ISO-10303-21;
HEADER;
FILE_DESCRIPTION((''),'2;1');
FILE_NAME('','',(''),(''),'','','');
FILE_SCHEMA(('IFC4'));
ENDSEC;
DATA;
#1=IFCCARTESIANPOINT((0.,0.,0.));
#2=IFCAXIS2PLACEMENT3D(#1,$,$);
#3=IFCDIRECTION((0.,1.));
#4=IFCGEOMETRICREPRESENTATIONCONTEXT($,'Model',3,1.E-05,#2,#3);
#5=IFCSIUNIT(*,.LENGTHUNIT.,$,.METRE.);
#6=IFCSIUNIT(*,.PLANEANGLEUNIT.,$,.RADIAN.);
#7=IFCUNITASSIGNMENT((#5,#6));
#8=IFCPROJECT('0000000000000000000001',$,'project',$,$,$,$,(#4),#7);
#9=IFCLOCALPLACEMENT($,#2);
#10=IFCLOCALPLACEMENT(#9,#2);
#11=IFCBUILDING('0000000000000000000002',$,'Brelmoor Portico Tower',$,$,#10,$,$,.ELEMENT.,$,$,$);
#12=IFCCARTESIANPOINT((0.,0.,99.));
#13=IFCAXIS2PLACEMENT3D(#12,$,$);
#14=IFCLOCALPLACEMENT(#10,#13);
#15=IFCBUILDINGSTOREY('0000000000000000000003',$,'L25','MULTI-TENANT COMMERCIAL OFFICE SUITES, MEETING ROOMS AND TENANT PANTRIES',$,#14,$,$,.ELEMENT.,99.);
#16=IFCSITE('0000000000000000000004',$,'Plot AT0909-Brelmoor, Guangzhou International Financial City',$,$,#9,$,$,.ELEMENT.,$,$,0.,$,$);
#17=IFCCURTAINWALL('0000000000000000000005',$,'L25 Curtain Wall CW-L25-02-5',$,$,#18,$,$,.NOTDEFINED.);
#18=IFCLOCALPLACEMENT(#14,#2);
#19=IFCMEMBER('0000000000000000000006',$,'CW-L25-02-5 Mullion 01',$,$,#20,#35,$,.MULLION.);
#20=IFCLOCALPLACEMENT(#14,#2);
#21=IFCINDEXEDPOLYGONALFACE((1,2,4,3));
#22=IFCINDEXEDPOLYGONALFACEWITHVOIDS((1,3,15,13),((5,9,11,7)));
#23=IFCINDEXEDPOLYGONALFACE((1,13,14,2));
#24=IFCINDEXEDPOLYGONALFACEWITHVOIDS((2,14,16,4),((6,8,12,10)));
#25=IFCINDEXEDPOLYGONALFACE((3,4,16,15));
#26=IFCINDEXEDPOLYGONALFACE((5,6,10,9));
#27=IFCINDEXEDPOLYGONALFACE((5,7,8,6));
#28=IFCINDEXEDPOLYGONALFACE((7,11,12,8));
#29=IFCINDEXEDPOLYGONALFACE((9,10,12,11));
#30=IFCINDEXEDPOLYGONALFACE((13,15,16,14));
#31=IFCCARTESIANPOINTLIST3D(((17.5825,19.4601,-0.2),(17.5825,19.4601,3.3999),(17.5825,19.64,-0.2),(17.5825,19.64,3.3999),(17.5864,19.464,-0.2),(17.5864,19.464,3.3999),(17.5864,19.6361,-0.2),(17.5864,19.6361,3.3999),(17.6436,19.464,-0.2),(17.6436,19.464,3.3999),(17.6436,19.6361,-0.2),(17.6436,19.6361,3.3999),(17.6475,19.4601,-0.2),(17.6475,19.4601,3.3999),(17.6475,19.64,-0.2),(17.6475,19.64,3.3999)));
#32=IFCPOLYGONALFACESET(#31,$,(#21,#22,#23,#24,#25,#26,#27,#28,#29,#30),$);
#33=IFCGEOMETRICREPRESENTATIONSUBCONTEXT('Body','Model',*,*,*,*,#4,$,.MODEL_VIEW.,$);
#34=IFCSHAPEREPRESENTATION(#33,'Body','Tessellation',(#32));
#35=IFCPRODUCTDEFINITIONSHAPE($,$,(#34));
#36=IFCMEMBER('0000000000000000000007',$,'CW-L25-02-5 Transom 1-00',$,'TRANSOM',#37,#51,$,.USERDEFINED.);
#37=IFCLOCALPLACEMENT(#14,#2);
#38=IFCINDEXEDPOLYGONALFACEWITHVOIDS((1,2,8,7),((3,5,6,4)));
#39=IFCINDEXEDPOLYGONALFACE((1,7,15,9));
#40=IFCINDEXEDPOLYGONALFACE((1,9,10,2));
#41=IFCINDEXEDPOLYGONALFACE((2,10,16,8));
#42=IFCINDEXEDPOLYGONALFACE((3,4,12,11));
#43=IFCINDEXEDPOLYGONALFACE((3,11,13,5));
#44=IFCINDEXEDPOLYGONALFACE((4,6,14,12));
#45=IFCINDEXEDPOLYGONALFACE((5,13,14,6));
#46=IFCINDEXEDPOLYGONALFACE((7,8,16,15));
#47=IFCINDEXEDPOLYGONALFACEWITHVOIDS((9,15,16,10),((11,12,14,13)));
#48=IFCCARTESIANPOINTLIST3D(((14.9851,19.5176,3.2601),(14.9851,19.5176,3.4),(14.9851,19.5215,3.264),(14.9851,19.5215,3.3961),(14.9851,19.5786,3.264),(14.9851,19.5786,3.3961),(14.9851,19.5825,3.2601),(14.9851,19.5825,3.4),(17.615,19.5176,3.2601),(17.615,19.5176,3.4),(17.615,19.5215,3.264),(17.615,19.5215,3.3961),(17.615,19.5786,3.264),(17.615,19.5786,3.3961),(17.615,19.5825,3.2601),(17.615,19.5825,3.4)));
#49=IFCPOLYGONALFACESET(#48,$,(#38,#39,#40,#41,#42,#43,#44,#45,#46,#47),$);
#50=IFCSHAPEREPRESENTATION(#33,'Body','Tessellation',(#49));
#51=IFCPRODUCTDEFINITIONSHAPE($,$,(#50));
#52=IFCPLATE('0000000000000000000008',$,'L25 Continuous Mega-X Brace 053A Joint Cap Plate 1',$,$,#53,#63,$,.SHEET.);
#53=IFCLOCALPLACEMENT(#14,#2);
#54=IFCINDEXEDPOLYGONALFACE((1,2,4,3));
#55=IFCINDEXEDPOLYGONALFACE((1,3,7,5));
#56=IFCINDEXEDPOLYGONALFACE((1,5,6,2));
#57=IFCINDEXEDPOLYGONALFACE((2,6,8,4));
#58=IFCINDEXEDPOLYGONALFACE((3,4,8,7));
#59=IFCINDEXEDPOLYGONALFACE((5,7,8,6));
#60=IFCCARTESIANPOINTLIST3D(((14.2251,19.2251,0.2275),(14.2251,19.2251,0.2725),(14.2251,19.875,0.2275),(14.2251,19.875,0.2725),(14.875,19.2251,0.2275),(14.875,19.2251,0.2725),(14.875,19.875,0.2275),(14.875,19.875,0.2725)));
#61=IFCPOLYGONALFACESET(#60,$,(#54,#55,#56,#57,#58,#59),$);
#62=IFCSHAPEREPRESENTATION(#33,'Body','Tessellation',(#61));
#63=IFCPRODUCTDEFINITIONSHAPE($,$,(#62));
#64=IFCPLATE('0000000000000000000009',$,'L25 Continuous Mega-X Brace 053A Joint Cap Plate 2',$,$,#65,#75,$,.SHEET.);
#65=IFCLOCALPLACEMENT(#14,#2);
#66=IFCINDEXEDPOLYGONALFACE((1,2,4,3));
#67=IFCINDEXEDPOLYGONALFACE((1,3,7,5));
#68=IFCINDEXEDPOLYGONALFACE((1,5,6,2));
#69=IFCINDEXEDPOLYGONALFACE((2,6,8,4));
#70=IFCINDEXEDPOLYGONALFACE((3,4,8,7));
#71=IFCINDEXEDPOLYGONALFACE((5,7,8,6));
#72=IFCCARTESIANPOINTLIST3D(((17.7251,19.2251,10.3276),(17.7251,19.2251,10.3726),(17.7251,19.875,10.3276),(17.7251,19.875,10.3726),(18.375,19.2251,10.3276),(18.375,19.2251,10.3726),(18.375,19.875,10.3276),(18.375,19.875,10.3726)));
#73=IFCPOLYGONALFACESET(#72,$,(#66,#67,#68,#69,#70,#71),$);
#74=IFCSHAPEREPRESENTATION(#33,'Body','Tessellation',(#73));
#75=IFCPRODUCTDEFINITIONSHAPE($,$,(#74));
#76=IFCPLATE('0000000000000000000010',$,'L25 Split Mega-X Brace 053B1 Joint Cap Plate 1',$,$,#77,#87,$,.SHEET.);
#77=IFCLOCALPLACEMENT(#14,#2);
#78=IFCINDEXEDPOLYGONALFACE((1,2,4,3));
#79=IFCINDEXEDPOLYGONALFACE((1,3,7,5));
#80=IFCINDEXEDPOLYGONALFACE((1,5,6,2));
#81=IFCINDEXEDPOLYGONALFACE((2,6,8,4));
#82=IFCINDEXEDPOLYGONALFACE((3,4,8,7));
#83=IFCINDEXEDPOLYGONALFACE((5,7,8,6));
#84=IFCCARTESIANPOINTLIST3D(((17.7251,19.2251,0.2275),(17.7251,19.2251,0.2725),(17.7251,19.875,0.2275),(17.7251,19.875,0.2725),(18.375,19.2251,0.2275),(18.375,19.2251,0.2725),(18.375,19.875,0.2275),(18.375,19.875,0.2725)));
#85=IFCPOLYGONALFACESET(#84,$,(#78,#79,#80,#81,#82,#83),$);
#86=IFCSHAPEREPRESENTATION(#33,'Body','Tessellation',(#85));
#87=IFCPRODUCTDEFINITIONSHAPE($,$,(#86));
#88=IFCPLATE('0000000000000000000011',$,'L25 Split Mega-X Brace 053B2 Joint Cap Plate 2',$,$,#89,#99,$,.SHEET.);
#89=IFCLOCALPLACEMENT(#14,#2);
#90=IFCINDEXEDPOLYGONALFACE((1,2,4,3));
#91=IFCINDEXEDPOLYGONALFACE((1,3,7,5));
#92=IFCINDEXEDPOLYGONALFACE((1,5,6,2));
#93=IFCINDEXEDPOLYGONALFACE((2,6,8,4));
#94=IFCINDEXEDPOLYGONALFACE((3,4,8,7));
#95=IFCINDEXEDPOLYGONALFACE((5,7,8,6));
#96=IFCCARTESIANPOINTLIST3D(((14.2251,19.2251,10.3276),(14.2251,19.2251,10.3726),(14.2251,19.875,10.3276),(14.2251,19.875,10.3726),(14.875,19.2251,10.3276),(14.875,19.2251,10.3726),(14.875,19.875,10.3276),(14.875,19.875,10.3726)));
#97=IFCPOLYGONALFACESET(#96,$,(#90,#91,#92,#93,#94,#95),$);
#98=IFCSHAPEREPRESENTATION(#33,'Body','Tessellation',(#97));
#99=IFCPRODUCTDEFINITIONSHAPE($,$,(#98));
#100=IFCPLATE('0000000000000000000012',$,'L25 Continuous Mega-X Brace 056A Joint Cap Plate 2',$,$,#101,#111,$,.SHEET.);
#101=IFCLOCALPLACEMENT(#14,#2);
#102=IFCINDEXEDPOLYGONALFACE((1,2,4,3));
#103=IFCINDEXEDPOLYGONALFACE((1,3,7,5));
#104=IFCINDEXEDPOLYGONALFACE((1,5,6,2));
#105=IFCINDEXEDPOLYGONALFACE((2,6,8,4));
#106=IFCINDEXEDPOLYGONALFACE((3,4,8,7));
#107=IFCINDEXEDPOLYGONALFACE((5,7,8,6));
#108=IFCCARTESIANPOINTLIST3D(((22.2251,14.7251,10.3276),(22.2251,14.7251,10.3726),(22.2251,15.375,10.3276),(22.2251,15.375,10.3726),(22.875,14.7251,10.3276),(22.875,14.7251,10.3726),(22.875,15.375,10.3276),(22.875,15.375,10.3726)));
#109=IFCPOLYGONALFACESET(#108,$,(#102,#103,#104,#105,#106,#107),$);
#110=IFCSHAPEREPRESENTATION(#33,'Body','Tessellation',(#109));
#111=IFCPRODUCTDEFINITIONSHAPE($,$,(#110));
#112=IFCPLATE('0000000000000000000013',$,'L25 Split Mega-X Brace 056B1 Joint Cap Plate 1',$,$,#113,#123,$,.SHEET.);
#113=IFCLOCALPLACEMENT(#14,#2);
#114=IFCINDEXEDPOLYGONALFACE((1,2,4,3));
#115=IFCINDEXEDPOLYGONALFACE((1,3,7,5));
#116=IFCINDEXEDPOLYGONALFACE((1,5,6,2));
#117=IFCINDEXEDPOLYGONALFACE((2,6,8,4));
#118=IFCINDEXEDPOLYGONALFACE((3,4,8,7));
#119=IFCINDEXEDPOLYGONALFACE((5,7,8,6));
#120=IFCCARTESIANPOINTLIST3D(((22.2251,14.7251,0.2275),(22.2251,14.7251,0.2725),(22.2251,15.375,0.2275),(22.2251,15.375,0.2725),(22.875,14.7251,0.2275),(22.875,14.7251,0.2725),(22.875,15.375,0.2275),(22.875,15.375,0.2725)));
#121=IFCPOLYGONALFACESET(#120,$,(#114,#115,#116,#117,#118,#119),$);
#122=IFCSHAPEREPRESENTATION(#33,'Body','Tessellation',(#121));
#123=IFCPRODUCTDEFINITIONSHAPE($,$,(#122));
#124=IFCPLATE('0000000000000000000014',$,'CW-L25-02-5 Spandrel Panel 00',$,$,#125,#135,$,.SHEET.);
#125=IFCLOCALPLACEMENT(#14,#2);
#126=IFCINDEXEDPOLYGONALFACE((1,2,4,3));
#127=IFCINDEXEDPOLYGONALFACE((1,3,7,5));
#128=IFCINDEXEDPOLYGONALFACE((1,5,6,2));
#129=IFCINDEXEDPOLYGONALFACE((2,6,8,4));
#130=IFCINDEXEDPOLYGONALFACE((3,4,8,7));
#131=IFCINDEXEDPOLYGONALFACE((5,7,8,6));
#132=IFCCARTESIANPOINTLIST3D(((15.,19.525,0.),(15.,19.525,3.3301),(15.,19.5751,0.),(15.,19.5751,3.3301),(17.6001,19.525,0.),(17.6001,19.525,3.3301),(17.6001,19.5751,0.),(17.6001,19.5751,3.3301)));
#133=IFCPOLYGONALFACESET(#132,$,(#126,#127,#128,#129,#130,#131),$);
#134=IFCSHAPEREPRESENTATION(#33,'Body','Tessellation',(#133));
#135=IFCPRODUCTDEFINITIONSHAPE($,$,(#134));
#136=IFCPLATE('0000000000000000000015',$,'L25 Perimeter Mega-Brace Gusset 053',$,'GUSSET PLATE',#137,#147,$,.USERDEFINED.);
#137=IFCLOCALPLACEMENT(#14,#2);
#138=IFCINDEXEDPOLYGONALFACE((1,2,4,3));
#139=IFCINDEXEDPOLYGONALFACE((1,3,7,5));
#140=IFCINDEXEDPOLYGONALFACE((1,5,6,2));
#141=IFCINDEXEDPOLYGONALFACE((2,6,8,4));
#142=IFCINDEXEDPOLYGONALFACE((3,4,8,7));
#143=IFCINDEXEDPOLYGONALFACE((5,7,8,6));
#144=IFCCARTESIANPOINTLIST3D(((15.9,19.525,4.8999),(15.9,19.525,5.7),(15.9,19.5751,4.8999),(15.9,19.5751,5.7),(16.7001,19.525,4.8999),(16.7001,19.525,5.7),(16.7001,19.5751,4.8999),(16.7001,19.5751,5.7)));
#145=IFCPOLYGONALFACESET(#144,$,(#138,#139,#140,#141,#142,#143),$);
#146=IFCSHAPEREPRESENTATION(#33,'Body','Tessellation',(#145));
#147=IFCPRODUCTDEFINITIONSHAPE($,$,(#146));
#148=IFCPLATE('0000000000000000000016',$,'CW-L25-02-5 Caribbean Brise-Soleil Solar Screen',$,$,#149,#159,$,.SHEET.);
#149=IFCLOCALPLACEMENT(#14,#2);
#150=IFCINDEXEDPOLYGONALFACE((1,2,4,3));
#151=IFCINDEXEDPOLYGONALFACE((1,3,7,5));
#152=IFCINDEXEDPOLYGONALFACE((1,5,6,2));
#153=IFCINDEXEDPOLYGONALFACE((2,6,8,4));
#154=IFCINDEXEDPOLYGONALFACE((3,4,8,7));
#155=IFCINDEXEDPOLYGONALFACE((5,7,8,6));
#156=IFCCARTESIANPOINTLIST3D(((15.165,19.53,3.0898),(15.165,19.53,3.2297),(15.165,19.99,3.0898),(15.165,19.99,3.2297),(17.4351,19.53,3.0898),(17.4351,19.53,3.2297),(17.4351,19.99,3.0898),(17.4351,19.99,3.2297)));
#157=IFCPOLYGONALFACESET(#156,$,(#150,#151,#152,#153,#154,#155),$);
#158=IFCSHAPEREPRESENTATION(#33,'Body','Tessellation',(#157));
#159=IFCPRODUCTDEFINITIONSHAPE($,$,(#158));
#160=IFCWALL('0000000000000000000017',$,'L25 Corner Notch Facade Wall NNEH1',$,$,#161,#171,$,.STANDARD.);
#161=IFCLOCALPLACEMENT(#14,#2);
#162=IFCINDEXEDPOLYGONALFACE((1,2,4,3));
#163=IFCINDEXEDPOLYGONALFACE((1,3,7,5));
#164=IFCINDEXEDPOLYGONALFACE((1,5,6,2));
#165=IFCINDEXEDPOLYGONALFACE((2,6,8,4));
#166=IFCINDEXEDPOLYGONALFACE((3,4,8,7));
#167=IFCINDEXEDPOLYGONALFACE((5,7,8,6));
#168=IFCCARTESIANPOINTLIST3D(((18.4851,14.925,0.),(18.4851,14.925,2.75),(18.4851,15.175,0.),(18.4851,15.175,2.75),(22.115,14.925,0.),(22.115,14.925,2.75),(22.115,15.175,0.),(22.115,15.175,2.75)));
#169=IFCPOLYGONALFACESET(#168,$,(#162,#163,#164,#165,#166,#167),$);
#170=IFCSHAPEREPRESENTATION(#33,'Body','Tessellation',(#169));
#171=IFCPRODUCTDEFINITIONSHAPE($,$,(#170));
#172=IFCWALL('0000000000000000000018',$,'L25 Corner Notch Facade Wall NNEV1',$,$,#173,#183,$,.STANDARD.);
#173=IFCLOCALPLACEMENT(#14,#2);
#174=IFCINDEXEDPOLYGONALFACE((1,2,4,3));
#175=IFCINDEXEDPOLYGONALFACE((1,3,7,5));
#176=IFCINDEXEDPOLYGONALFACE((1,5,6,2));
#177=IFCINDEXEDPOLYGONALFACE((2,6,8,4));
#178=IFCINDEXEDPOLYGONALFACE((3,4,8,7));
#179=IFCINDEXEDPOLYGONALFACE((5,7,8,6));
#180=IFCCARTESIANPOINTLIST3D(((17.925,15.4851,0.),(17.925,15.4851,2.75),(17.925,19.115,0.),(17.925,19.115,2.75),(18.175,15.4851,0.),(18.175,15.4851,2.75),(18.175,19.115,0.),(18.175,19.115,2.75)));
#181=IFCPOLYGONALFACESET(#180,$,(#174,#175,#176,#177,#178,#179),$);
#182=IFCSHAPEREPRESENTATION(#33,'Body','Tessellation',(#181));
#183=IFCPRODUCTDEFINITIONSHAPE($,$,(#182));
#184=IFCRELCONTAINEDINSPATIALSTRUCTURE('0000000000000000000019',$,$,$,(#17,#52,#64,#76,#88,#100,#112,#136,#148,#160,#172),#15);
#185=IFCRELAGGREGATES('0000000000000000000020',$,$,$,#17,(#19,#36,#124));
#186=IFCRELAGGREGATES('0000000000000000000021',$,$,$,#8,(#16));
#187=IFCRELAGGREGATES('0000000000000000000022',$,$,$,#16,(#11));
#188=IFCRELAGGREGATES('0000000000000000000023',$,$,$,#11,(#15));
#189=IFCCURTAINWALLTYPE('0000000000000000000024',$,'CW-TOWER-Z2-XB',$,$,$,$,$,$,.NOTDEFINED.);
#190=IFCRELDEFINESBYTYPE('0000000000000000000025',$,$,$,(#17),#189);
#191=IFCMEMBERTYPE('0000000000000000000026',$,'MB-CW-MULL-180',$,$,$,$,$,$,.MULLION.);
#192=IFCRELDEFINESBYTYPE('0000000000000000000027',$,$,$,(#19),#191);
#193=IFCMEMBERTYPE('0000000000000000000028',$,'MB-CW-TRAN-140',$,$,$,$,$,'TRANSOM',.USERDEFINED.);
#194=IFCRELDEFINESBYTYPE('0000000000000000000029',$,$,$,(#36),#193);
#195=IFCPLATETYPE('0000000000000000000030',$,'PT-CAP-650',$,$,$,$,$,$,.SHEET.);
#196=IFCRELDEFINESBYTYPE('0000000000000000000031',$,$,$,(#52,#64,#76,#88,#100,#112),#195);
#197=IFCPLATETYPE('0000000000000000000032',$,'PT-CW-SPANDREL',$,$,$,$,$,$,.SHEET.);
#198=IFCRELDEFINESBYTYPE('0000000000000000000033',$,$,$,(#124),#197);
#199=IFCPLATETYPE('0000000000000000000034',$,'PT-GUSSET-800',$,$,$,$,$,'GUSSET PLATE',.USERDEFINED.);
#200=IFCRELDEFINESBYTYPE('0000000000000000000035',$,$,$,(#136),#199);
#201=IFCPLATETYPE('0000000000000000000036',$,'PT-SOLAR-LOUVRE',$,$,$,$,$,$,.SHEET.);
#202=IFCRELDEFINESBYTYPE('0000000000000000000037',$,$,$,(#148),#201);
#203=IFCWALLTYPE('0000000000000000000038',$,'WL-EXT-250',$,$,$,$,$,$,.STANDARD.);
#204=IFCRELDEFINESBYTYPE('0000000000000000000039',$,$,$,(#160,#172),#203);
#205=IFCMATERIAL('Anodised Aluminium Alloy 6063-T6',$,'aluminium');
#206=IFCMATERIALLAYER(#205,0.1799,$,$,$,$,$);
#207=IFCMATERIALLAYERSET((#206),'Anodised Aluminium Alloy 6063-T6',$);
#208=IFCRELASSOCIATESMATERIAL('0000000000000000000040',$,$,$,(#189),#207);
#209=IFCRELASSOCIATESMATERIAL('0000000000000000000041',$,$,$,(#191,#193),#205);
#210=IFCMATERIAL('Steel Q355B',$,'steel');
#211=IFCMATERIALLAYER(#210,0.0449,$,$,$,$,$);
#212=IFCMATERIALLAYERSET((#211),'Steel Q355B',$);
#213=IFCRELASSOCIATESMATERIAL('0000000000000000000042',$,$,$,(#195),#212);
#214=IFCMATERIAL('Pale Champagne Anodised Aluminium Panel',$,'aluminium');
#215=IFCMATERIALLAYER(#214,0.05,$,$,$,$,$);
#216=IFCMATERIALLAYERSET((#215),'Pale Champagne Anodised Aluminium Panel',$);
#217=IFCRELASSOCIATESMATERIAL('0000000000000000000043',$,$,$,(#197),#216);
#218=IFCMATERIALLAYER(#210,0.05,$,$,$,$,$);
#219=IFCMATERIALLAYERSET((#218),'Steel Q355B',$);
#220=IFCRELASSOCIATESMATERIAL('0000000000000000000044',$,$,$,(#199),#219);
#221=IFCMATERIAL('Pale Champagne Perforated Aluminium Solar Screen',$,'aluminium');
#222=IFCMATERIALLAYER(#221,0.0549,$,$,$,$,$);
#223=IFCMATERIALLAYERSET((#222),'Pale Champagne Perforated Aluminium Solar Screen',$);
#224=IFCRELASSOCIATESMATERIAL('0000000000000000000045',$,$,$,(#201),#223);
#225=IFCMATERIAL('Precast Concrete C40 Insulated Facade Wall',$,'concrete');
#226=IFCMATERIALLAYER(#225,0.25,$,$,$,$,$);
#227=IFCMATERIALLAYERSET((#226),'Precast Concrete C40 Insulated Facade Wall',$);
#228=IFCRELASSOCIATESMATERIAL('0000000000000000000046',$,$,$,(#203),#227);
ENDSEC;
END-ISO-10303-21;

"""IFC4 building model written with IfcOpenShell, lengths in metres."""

from ifc_helpers import new_model, si_unit, direction, frame, frame_2d, origin, origin_2d, place, context, subcontext, project, spatial, rectangle, hollow_rectangle, extrude, material, layer, layer_set, material_profile, profile_set, type_object, element, aggregate, save


model = new_model("IFC4")

# Units and contexts
model_context = context("Model", 3, precision=1e-05, world=origin(), true_north=direction((0.0, 1.0)))
body_context = subcontext(model_context, "Body", "Model", "MODEL_VIEW")
ifc_project = project(units=[si_unit("LENGTHUNIT", "METRE"), si_unit("PLANEANGLEUNIT", "RADIAN")], contexts=[model_context])

# Site, building, storey
site_placement = place(None, origin())
site = spatial("IfcSite", under=ifc_project, at=site_placement, Name="Plot AT0909-Brelmoor, Guangzhou International Financial City", CompositionType="ELEMENT", RefElevation=0.0)
building_placement = place(site_placement, origin())
building = spatial("IfcBuilding", under=site, at=building_placement, Name="Brelmoor Portico Tower", CompositionType="ELEMENT")
storey_placement = place(building_placement, frame((0.0, 0.0, 99.0)))
storey = spatial("IfcBuildingStorey", under=building, at=storey_placement, Name="L25", Description="MULTI-TENANT COMMERCIAL OFFICE SUITES, MEETING ROOMS AND TENANT PANTRIES", CompositionType="ELEMENT", Elevation=99.0)

# Shared definitions
ifc_material_1 = material(Name="Steel Q355B", Category="steel")

# Curtain wall, members
ifc_material_2 = material(Name="Anodised Aluminium Alloy 6063-T6", Category="aluminium")
ifc_layer_1 = layer(ifc_material_2, 0.1799)
ifc_layer_set_1 = layer_set([ifc_layer_1], Name="Anodised Aluminium Alloy 6063-T6")
curtain_wall_type = type_object("IfcCurtainWallType", Name="CW-TOWER-Z2-XB", PredefinedType="NOTDEFINED", material=ifc_layer_set_1)
curtain_wall_placement = place(storey_placement, origin())
curtain_wall = element("IfcCurtainWall", 1, at=curtain_wall_placement, inside=storey, type_object=curtain_wall_type, Name="L25 Curtain Wall CW-L25-02-5", PredefinedType="NOTDEFINED")
ifc_material_profile_1 = material_profile(ifc_material_2, hollow_rectangle(XDim=0.0649, YDim=0.1799, WallThickness=0.0039, at=origin_2d()), Name="ALU MULLION 65x180")
ifc_profile_set_1 = profile_set([ifc_material_profile_1], Name="Anodised Aluminium Alloy 6063-T6")
member_type_1 = type_object("IfcMemberType", Name="MB-CW-MULL-180", PredefinedType="MULLION", material=ifc_profile_set_1)
member_1_placement = place(storey_placement, frame((17.615, 19.55, -0.2), z_axis=(0.0, 0.0, 1.0), x_axis=(1.0, 0.0, 0.0)))
member_1 = element("IfcMember", 2, at=member_1_placement, type_object=member_type_1, Name="CW-L25-02-5 Mullion 01", PredefinedType="MULLION", context=body_context, shape_type="SweptSolid", body=[
    extrude(hollow_rectangle(XDim=0.0649, YDim=0.1799, WallThickness=0.0039, at=origin_2d()), origin(), (0.0, 0.0, 1.0), 3.5999),
])
ifc_material_profile_2 = material_profile(ifc_material_2, hollow_rectangle(XDim=0.0649, YDim=0.1399, WallThickness=0.0039, at=origin_2d()), Name="ALU TRANSOM 65x140")
ifc_profile_set_2 = profile_set([ifc_material_profile_2], Name="Anodised Aluminium Alloy 6063-T6")
member_type_2 = type_object("IfcMemberType", Name="MB-CW-TRAN-140", ElementType="TRANSOM", PredefinedType="USERDEFINED", material=ifc_profile_set_2)
member_2_placement = place(storey_placement, frame((14.9851, 19.55, 3.3301), z_axis=(1.0, 0.0, 0.0), x_axis=(0.0, 1.0, 0.0)))
member_2 = element("IfcMember", 3, at=member_2_placement, type_object=member_type_2, Name="CW-L25-02-5 Transom 1-00", ObjectType="TRANSOM", PredefinedType="USERDEFINED", context=body_context, shape_type="SweptSolid", body=[
    extrude(hollow_rectangle(XDim=0.0649, YDim=0.1399, WallThickness=0.0039, at=origin_2d()), origin(), (0.0, 0.0, 1.0), 2.6299),
])

# Plates
ifc_layer_2 = layer(ifc_material_1, 0.0449)
ifc_layer_set_2 = layer_set([ifc_layer_2], Name="Steel Q355B")
plate_type_1 = type_object("IfcPlateType", Name="PT-CAP-650", PredefinedType="SHEET", material=ifc_layer_set_2)
for number, where, z_axis, x_axis, name in (
    (4, (14.55, 19.55, 0.2275), (0.0, 0.0, 1.0), (1.0, 0.0, 0.0), "L25 Continuous Mega-X Brace 053A Joint Cap Plate 1"),
    (5, (18.05, 19.55, 10.3276), (0.0, 0.0, 1.0), (1.0, 0.0, 0.0), "L25 Continuous Mega-X Brace 053A Joint Cap Plate 2"),
    (6, (18.05, 19.55, 0.2275), (0.0, 0.0, 1.0), (1.0, 0.0, 0.0), "L25 Split Mega-X Brace 053B1 Joint Cap Plate 1"),
    (7, (14.55, 19.55, 10.3276), (0.0, 0.0, 1.0), (1.0, 0.0, 0.0), "L25 Split Mega-X Brace 053B2 Joint Cap Plate 2"),
    (8, (22.55, 15.05, 10.3276), (0.0, 0.0, 1.0), (1.0, 0.0, 0.0), "L25 Continuous Mega-X Brace 056A Joint Cap Plate 2"),
    (9, (22.55, 15.05, 0.2275), (0.0, 0.0, 1.0), (1.0, 0.0, 0.0), "L25 Split Mega-X Brace 056B1 Joint Cap Plate 1"),
):
    element("IfcPlate", number, at=place(storey_placement, frame(where, z_axis=z_axis, x_axis=x_axis)), inside=storey, type_object=plate_type_1, Name=name, PredefinedType="SHEET", context=body_context, shape_type="SweptSolid", body=[
        extrude(rectangle(XDim=0.6499, YDim=0.6499, at=origin_2d()), origin(), (0.0, 0.0, 1.0), 0.0449),
    ])

# Plate
ifc_material_3 = material(Name="Pale Champagne Anodised Aluminium Panel", Category="aluminium")
ifc_layer_3 = layer(ifc_material_3, 0.05)
ifc_layer_set_3 = layer_set([ifc_layer_3], Name="Pale Champagne Anodised Aluminium Panel")
plate_type_2 = type_object("IfcPlateType", Name="PT-CW-SPANDREL", PredefinedType="SHEET", material=ifc_layer_set_3)
plate_1_placement = place(storey_placement, frame((16.3, 19.55, 0.0), z_axis=(0.0, 0.0, 1.0), x_axis=(1.0, 0.0, 0.0)))
plate_1 = element("IfcPlate", 10, at=plate_1_placement, type_object=plate_type_2, Name="CW-L25-02-5 Spandrel Panel 00", PredefinedType="SHEET", context=body_context, shape_type="SweptSolid", body=[
    extrude(rectangle(XDim=2.6001, YDim=0.05, at=origin_2d()), origin(), (0.0, 0.0, 1.0), 3.3301),
])
aggregate(curtain_wall, [member_1, member_2, plate_1])

# Plates
ifc_layer_4 = layer(ifc_material_1, 0.05)
ifc_layer_set_4 = layer_set([ifc_layer_4], Name="Steel Q355B")
plate_type_3 = type_object("IfcPlateType", Name="PT-GUSSET-800", ElementType="GUSSET PLATE", PredefinedType="USERDEFINED", material=ifc_layer_set_4)
plate_2_placement = place(storey_placement, frame((16.3, 19.55, 4.8999), z_axis=(0.0, 0.0, 1.0), x_axis=(1.0, 0.0, 0.0)))
element("IfcPlate", 11, at=plate_2_placement, inside=storey, type_object=plate_type_3, Name="L25 Perimeter Mega-Brace Gusset 053", ObjectType="GUSSET PLATE", PredefinedType="USERDEFINED", context=body_context, shape_type="SweptSolid", body=[
    extrude(rectangle(XDim=0.8, YDim=0.05, at=origin_2d()), origin(), (0.0, 0.0, 1.0), 0.8),
])
ifc_material_4 = material(Name="Pale Champagne Perforated Aluminium Solar Screen", Category="aluminium")
ifc_layer_5 = layer(ifc_material_4, 0.0549)
ifc_layer_set_5 = layer_set([ifc_layer_5], Name="Pale Champagne Perforated Aluminium Solar Screen")
plate_type_4 = type_object("IfcPlateType", Name="PT-SOLAR-LOUVRE", PredefinedType="SHEET", material=ifc_layer_set_5)
plate_3_placement = place(storey_placement, frame((16.3, 19.76, 3.0898), z_axis=(0.0, 0.0, 1.0), x_axis=(1.0, 0.0, 0.0)))
element("IfcPlate", 12, at=plate_3_placement, inside=storey, type_object=plate_type_4, Name="CW-L25-02-5 Caribbean Brise-Soleil Solar Screen", PredefinedType="SHEET", context=body_context, shape_type="SweptSolid", body=[
    extrude(rectangle(XDim=2.27, YDim=0.46, at=origin_2d()), origin(), (0.0, 0.0, 1.0), 0.1399),
])

# Walls
ifc_material_5 = material(Name="Precast Concrete C40 Insulated Facade Wall", Category="concrete")
ifc_layer_6 = layer(ifc_material_5, 0.25)
ifc_layer_set_6 = layer_set([ifc_layer_6], Name="Precast Concrete C40 Insulated Facade Wall")
wall_type = type_object("IfcWallType", Name="WL-EXT-250", PredefinedType="STANDARD", material=ifc_layer_set_6)
for number, where, z_axis, x_axis, name in (
    (13, (18.4851, 15.05, 0.0), (0.0, 0.0, 1.0), (1.0, 0.0, 0.0), "L25 Corner Notch Facade Wall NNEH1"),
    (14, (18.05, 15.4851, 0.0), (0.0, 0.0, 1.0), (0.0, 1.0, 0.0), "L25 Corner Notch Facade Wall NNEV1"),
):
    element("IfcWall", number, at=place(storey_placement, frame(where, z_axis=z_axis, x_axis=x_axis)), inside=storey, type_object=wall_type, Name=name, PredefinedType="STANDARD", context=body_context, shape_type="SweptSolid", body=[
        extrude(rectangle(XDim=3.6299, YDim=0.25, at=frame_2d((1.8149, 0.0))), origin(), (0.0, 0.0, 1.0), 2.75),
    ])

save(model, "model.ifc")
